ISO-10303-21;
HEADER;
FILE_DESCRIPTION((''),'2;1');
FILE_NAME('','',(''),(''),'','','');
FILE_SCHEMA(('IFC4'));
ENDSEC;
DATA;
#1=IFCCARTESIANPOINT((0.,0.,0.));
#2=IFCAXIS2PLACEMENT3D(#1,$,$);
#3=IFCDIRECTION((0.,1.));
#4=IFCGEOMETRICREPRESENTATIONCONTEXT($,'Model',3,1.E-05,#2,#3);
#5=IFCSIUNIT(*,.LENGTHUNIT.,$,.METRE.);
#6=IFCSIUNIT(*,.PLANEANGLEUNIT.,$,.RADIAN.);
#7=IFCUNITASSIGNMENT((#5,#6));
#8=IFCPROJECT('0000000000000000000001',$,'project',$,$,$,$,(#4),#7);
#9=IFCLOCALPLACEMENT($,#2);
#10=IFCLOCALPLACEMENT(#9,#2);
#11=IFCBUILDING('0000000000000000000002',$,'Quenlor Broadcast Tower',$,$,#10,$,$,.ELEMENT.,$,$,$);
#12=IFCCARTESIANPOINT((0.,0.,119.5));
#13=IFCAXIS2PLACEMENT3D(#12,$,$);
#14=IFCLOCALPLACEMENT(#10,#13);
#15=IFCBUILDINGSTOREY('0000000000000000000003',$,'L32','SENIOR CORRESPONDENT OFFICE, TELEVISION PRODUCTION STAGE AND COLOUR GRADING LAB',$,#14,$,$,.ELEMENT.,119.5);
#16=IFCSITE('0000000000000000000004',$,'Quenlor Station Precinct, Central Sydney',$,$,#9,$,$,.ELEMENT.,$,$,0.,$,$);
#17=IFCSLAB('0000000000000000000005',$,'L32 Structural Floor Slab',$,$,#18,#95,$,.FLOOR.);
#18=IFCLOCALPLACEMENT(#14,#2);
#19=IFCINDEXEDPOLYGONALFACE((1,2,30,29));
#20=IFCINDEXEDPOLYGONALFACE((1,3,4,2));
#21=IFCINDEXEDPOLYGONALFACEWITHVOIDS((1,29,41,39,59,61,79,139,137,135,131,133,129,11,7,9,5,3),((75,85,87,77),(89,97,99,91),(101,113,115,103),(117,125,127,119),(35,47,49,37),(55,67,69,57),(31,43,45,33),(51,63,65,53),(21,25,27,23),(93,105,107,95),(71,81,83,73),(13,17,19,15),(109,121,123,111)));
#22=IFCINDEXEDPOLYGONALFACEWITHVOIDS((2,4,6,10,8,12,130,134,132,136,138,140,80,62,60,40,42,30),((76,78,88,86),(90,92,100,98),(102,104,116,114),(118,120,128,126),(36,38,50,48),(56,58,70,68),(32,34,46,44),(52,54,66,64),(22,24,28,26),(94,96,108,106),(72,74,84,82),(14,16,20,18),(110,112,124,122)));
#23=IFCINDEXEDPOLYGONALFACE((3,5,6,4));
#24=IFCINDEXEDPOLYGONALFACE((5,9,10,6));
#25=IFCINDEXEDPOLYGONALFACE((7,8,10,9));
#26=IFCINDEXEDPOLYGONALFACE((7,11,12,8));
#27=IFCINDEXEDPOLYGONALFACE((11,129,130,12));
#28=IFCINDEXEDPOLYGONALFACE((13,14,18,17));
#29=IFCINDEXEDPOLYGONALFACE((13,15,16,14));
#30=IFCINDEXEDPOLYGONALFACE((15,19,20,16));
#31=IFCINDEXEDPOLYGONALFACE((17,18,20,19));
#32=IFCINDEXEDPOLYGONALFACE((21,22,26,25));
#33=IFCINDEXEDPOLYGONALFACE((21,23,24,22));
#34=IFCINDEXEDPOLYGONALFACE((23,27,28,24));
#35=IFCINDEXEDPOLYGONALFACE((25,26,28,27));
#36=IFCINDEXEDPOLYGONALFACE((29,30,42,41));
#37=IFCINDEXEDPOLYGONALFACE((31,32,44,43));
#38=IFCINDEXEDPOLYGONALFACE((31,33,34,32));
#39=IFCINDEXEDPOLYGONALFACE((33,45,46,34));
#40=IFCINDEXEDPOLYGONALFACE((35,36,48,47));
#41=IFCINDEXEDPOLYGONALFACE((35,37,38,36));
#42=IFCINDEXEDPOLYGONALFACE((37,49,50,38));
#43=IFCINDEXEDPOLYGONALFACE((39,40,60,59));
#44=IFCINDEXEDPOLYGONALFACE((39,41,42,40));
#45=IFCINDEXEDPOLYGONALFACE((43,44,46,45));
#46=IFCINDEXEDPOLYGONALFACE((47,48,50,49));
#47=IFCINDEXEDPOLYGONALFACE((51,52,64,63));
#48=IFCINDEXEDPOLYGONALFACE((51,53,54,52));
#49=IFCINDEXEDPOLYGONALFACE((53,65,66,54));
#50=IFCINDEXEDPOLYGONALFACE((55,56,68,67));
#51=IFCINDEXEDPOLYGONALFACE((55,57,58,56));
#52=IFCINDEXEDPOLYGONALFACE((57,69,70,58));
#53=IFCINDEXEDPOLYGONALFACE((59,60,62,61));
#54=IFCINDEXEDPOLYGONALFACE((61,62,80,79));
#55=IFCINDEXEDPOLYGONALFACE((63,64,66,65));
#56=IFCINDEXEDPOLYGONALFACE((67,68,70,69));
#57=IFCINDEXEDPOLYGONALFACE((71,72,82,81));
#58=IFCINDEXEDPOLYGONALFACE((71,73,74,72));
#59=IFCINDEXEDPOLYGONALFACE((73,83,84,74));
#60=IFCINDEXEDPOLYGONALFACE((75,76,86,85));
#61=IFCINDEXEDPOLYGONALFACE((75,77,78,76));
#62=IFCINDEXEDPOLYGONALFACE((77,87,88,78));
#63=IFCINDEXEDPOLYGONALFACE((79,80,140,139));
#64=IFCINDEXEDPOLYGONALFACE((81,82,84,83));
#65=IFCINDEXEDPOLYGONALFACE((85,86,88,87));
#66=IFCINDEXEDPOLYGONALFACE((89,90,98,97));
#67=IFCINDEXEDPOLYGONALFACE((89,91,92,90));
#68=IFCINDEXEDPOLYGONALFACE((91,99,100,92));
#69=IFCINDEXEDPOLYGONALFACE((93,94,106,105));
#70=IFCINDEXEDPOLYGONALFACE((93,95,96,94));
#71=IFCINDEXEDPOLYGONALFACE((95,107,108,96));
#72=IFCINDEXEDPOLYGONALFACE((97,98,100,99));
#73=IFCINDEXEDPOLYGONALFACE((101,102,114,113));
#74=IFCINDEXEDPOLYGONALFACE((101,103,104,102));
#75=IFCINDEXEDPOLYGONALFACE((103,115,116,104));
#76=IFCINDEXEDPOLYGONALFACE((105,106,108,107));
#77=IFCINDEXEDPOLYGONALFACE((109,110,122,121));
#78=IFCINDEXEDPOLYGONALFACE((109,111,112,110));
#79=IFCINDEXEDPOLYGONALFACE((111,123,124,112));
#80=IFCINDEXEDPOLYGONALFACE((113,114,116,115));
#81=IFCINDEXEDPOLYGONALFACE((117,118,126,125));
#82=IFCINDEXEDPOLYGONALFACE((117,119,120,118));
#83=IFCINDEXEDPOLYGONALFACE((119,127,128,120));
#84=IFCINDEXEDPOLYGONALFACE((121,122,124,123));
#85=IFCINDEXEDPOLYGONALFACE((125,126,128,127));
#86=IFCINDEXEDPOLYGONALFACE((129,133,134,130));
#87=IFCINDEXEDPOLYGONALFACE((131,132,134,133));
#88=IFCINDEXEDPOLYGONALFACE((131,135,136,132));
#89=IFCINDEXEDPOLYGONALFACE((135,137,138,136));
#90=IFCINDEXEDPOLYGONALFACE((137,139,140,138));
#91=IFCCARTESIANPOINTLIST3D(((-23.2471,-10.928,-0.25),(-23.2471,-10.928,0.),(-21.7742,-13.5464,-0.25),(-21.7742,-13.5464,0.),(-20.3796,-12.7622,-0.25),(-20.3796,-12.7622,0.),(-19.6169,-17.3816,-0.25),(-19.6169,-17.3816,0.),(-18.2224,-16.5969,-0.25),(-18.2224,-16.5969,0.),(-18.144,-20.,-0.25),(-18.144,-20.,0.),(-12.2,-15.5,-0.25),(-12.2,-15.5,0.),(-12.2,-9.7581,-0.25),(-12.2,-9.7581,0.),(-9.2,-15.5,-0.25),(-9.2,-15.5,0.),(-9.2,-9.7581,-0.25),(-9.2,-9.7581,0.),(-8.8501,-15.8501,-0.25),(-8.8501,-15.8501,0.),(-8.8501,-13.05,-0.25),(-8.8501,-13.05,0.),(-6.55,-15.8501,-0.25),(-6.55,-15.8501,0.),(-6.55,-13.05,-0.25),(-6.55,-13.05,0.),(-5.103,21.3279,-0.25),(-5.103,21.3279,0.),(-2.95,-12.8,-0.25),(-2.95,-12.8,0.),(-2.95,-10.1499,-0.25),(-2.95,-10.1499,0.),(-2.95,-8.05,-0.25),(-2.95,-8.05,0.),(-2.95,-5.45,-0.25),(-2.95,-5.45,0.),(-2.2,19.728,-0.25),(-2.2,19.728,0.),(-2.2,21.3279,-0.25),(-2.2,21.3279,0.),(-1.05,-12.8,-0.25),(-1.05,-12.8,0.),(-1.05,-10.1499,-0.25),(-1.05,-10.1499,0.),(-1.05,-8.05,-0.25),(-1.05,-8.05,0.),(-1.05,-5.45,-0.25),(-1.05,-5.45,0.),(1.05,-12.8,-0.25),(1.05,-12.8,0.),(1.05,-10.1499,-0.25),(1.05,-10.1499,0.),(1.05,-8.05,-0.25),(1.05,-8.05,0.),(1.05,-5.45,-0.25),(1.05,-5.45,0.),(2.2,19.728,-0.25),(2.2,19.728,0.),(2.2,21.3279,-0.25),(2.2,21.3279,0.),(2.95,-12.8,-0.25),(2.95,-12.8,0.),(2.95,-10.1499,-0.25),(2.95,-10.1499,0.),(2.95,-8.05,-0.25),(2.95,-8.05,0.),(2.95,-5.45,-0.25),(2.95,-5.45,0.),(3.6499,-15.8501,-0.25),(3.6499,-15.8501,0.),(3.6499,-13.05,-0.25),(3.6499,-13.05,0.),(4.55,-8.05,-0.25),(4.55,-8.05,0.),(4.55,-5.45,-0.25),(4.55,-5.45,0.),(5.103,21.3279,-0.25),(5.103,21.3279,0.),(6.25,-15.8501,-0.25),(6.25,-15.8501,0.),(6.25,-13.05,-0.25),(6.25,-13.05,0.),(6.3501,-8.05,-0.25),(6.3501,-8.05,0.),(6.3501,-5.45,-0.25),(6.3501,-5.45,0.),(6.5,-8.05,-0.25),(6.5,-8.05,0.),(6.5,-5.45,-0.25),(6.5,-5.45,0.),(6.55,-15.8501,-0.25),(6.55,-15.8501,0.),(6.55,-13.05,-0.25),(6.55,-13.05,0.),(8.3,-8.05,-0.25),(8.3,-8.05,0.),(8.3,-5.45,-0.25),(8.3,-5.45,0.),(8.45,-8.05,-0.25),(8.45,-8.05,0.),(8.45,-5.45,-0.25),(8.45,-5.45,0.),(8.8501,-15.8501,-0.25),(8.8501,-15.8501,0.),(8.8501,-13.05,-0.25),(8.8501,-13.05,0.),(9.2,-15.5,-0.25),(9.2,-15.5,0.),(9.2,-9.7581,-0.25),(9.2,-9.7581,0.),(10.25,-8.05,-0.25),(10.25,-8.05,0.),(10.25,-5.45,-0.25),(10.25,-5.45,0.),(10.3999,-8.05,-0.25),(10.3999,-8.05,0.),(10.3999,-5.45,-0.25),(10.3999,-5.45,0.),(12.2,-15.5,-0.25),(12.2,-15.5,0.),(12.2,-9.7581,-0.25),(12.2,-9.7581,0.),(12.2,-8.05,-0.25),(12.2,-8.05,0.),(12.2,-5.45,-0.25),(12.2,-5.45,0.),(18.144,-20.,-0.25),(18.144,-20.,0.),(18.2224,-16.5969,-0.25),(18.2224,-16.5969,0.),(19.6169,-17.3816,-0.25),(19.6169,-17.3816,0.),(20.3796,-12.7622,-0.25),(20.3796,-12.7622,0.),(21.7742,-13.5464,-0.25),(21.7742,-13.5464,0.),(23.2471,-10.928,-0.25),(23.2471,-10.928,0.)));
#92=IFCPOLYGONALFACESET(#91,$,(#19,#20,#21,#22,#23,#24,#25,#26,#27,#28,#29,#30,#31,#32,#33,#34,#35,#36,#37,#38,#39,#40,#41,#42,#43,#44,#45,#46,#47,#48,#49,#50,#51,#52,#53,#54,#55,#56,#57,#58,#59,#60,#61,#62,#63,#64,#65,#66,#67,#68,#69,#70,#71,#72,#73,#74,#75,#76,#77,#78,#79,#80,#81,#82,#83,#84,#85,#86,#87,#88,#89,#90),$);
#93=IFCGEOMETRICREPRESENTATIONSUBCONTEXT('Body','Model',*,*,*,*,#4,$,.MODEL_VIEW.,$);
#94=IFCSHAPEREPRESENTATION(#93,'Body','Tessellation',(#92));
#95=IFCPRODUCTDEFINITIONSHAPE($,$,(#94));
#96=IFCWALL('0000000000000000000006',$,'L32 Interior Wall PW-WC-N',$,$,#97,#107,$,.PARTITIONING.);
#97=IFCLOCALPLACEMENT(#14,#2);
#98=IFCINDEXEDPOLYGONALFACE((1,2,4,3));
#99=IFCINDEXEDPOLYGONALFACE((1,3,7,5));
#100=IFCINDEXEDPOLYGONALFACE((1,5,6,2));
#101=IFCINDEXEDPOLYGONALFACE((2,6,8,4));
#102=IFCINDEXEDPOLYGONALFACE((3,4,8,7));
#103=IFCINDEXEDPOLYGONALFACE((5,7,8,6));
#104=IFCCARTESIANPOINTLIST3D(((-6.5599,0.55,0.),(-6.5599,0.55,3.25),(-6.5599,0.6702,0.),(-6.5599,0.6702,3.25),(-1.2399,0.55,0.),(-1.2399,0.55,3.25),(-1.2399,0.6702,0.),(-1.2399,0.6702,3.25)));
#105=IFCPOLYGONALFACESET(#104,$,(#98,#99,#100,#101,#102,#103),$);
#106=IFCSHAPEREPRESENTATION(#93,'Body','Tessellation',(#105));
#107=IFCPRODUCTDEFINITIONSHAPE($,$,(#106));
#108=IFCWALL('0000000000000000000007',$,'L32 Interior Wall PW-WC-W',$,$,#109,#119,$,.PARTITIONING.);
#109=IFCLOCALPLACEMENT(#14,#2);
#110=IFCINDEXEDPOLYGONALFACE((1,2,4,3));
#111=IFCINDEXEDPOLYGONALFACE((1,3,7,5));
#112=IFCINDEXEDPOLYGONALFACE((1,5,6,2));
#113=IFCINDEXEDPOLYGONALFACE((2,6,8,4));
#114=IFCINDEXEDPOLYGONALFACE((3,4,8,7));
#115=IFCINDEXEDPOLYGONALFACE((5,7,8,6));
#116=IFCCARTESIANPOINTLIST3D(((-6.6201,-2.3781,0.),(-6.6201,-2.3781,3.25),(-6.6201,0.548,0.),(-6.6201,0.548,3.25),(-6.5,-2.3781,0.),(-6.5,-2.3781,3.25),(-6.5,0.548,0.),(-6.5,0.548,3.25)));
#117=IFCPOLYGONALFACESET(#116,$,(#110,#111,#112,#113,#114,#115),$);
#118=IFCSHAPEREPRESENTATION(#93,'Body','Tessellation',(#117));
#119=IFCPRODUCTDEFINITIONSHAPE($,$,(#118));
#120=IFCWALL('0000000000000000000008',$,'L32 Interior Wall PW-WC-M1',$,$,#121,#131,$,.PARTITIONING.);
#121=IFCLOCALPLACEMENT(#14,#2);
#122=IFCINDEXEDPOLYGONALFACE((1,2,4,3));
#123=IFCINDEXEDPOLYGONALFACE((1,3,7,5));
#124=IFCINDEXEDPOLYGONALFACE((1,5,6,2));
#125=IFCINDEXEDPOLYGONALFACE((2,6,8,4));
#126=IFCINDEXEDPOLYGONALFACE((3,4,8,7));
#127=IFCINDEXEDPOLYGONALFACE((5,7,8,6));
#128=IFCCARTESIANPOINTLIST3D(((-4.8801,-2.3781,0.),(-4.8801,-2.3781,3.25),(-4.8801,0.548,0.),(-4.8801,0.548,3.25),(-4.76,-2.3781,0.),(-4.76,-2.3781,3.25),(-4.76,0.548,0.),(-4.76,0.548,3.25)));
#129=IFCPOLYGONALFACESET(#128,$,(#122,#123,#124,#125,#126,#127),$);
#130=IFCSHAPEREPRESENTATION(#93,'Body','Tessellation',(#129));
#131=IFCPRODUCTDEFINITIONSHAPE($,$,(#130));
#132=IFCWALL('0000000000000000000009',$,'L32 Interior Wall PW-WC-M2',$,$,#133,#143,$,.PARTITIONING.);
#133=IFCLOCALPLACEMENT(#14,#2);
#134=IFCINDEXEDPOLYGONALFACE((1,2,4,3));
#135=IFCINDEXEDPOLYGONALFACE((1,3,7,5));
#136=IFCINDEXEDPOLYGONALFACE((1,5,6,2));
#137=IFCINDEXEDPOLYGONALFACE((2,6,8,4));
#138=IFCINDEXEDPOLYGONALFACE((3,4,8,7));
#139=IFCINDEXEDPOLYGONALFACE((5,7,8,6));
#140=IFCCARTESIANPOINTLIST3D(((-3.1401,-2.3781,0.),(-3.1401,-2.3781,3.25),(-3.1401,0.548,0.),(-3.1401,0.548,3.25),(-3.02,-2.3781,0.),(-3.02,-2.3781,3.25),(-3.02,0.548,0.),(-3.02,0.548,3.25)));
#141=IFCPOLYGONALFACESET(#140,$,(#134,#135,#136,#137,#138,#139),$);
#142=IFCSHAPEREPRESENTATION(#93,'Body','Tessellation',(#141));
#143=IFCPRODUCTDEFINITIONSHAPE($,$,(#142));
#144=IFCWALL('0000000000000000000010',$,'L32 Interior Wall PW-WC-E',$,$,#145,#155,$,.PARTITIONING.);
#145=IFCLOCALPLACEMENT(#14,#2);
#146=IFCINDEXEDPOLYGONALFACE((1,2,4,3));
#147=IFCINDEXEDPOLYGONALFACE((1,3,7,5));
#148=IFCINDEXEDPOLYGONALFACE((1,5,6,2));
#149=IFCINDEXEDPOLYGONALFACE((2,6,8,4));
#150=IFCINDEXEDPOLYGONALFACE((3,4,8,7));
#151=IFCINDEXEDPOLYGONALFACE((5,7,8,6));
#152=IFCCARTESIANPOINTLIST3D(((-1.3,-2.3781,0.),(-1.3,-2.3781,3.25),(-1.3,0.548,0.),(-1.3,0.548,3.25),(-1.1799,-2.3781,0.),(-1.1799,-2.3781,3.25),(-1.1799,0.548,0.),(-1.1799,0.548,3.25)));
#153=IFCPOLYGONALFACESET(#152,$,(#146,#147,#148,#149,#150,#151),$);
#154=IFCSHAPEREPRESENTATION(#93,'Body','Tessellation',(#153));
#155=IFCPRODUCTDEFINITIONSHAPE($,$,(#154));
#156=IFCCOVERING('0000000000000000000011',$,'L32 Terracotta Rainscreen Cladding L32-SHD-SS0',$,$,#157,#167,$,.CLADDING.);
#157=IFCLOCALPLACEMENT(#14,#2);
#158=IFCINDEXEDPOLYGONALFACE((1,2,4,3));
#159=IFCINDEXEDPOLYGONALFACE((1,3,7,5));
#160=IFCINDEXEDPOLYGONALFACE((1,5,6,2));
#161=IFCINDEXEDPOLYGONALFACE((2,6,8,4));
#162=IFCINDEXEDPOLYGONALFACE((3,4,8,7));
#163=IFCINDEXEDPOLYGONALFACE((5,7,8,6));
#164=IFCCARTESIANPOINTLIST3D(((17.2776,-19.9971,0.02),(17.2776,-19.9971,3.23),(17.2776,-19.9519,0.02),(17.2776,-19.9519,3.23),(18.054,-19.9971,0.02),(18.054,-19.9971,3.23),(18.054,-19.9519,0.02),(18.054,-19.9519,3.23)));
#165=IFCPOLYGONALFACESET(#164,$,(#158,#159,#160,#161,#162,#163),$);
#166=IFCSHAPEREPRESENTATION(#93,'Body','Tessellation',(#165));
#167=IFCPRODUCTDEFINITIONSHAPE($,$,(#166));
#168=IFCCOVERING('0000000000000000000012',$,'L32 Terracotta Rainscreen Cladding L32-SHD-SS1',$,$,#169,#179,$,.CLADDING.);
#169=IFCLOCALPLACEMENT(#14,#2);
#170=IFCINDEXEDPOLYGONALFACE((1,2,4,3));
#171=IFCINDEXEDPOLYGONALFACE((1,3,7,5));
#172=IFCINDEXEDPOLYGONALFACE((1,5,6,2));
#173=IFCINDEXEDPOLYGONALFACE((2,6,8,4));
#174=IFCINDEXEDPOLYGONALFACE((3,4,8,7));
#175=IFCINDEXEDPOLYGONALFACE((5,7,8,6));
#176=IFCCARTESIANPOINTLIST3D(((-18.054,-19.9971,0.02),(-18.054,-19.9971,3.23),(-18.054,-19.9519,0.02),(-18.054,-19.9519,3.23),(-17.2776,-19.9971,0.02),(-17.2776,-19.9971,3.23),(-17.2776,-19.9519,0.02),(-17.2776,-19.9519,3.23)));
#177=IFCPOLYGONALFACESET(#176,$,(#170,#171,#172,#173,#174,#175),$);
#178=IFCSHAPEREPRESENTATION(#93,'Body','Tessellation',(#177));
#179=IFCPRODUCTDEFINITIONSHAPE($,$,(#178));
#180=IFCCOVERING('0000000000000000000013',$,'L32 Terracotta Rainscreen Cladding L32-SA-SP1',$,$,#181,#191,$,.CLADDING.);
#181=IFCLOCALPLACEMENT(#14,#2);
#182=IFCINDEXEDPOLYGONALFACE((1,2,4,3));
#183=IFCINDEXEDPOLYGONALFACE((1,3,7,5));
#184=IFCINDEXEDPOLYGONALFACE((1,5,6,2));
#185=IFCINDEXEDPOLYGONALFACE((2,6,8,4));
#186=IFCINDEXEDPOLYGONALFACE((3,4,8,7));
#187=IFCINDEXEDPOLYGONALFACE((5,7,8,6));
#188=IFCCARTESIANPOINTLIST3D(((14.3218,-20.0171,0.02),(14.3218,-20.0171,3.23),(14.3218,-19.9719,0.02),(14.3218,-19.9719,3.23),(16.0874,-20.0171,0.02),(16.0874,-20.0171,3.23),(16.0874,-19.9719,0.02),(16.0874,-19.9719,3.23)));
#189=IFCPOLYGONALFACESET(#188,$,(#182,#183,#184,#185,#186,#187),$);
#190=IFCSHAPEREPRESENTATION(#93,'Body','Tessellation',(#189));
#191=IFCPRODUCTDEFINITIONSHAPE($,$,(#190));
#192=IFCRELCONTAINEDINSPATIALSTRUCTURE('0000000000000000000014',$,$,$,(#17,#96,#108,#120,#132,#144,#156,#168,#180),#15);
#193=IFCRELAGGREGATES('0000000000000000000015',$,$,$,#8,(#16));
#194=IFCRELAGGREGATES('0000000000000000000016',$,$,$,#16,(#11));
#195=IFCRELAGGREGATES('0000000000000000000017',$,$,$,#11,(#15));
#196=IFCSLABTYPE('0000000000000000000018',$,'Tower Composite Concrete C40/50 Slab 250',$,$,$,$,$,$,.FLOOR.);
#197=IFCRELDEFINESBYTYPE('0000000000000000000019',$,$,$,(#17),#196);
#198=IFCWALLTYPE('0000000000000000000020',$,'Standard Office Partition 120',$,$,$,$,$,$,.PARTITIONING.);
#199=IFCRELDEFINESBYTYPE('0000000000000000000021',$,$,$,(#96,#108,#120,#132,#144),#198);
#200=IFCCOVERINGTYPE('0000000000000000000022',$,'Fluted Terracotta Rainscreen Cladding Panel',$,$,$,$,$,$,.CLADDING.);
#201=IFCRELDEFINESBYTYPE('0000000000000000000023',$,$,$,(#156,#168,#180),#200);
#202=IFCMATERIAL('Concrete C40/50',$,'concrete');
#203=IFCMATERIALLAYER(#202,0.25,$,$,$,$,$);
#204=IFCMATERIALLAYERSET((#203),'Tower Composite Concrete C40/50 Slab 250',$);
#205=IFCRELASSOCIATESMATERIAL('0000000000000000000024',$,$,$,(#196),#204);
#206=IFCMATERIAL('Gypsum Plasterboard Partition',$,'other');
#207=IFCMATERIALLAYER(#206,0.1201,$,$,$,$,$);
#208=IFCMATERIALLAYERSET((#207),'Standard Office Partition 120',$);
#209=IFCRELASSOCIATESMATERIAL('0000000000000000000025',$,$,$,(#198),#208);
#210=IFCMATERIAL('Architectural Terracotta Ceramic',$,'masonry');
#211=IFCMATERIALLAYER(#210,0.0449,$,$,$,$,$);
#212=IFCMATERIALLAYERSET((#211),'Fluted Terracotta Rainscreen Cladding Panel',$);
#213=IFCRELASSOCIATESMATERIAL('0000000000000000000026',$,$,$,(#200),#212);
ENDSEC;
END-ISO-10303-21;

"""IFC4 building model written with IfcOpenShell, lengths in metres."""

from ifc_helpers import new_model, si_unit, direction, frame, frame_2d, origin, place, context, subcontext, project, spatial, polyline, rectangle, outline, extrude, material, layer, layer_set, type_object, element, save


model = new_model("IFC4")

# Units and contexts
model_context = context("Model", 3, precision=1e-05, world=origin(), true_north=direction((0.0, 1.0)))
body_context = subcontext(model_context, "Body", "Model", "MODEL_VIEW")
ifc_project = project(units=[si_unit("LENGTHUNIT", "METRE"), si_unit("PLANEANGLEUNIT", "RADIAN")], contexts=[model_context])

# Site, building, storey
site_placement = place(None, origin())
site = spatial("IfcSite", under=ifc_project, at=site_placement, Name="Quenlor Station Precinct, Central Sydney", CompositionType="ELEMENT", RefElevation=0.0)
building_placement = place(site_placement, origin())
building = spatial("IfcBuilding", under=site, at=building_placement, Name="Quenlor Broadcast Tower", CompositionType="ELEMENT")
storey_placement = place(building_placement, frame((0.0, 0.0, 119.5)))
storey = spatial("IfcBuildingStorey", under=building, at=storey_placement, Name="L32", Description="SENIOR CORRESPONDENT OFFICE, TELEVISION PRODUCTION STAGE AND COLOUR GRADING LAB", CompositionType="ELEMENT", Elevation=119.5)

# Slab
ifc_material_1 = material(Name="Concrete C40/50", Category="concrete")
ifc_layer_1 = layer(ifc_material_1, 0.25)
ifc_layer_set_1 = layer_set([ifc_layer_1], Name="Tower Composite Concrete C40/50 Slab 250")
slab_type = type_object("IfcSlabType", Name="Tower Composite Concrete C40/50 Slab 250", PredefinedType="FLOOR", material=ifc_layer_set_1)
slab_placement = place(storey_placement, frame((0.0, 0.0, -0.25)))
element("IfcSlab", 1, at=slab_placement, inside=storey, type_object=slab_type, Name="L32 Structural Floor Slab", PredefinedType="FLOOR", context=body_context, shape_type="SweptSolid", body=[
    extrude(outline(polyline([(18.144, -20.0), (19.6169, -17.3816), (18.2224, -16.5969), (20.3796, -12.7622), (21.7742, -13.5464), (23.2471, -10.928), (5.103, 21.3279), (2.2, 21.3279), (2.2, 19.728), (-2.2, 19.728), (-2.2, 21.3279), (-5.103, 21.3279), (-23.2471, -10.928), (-21.7742, -13.5464), (-20.3796, -12.7622), (-18.2224, -16.5969), (-19.6169, -17.3816), (-18.144, -20.0), (18.144, -20.0)]), holes=[polyline([(-12.2, -9.7581), (-12.2, -15.5), (-9.2, -15.5), (-9.2, -9.7581), (-12.2, -9.7581)]), polyline([(9.2, -9.7581), (9.2, -15.5), (12.2, -15.5), (12.2, -9.7581), (9.2, -9.7581)]), polyline([(-2.95, -8.05), (-1.05, -8.05), (-1.05, -5.45), (-2.95, -5.45), (-2.95, -8.05)]), polyline([(1.05, -8.05), (2.95, -8.05), (2.95, -5.45), (1.05, -5.45), (1.05, -8.05)]), polyline([(-2.95, -12.8), (-1.05, -12.8), (-1.05, -10.1499), (-2.95, -10.1499), (-2.95, -12.8)]), polyline([(1.05, -12.8), (2.95, -12.8), (2.95, -10.1499), (1.05, -10.1499), (1.05, -12.8)]), polyline([(4.55, -8.05), (6.3501, -8.05), (6.3501, -5.45), (4.55, -5.45), (4.55, -8.05)]), polyline([(6.5, -8.05), (8.3, -8.05), (8.3, -5.45), (6.5, -5.45), (6.5, -8.05)]), polyline([(8.45, -8.05), (10.25, -8.05), (10.25, -5.45), (8.45, -5.45), (8.45, -8.05)]), polyline([(10.3999, -8.05), (12.2, -8.05), (12.2, -5.45), (10.3999, -5.45), (10.3999, -8.05)]), polyline([(-8.8501, -15.8501), (-6.55, -15.8501), (-6.55, -13.05), (-8.8501, -13.05), (-8.8501, -15.8501)]), polyline([(6.55, -15.8501), (8.8501, -15.8501), (8.8501, -13.05), (6.55, -13.05), (6.55, -15.8501)]), polyline([(3.6499, -15.8501), (6.25, -15.8501), (6.25, -13.05), (3.6499, -13.05), (3.6499, -15.8501)])]), origin(), (0.0, 0.0, 1.0), 0.25),
])

# Walls
ifc_material_2 = material(Name="Gypsum Plasterboard Partition", Category="other")
ifc_layer_2 = layer(ifc_material_2, 0.1201)
ifc_layer_set_2 = layer_set([ifc_layer_2], Name="Standard Office Partition 120")
wall_type = type_object("IfcWallType", Name="Standard Office Partition 120", PredefinedType="PARTITIONING", material=ifc_layer_set_2)
wall_placement = place(storey_placement, frame((-6.5601, 0.6101, 0.0), z_axis=(0.0, 0.0, 1.0), x_axis=(1.0, 0.0, 0.0)))
element("IfcWall", 2, at=wall_placement, inside=storey, type_object=wall_type, Name="L32 Interior Wall PW-WC-N", PredefinedType="PARTITIONING", context=body_context, shape_type="SweptSolid", body=[
    extrude(rectangle(XDim=5.3201, YDim=0.1201, at=frame_2d((2.6602, 0.0))), origin(), (0.0, 0.0, 1.0), 3.25),
])
for number, where, z_axis, x_axis, name in (
    (3, (-6.5601, -2.3779, 0.0), (0.0, 0.0, 1.0), (0.0, 1.0, 0.0), "L32 Interior Wall PW-WC-W"),
    (4, (-4.8201, -2.3779, 0.0), (0.0, 0.0, 1.0), (0.0, 1.0, 0.0), "L32 Interior Wall PW-WC-M1"),
    (5, (-3.0801, -2.3779, 0.0), (0.0, 0.0, 1.0), (0.0, 1.0, 0.0), "L32 Interior Wall PW-WC-M2"),
    (6, (-1.24, -2.3779, 0.0), (0.0, 0.0, 1.0), (0.0, 1.0, 0.0), "L32 Interior Wall PW-WC-E"),
):
    element("IfcWall", number, at=place(storey_placement, frame(where, z_axis=z_axis, x_axis=x_axis)), inside=storey, type_object=wall_type, Name=name, PredefinedType="PARTITIONING", context=body_context, shape_type="SweptSolid", body=[
        extrude(rectangle(XDim=2.926, YDim=0.1201, at=frame_2d((1.4629, 0.0))), origin(), (0.0, 0.0, 1.0), 3.25),
    ])

# Coverings
ifc_material_3 = material(Name="Architectural Terracotta Ceramic", Category="masonry")
ifc_layer_3 = layer(ifc_material_3, 0.0449)
ifc_layer_set_3 = layer_set([ifc_layer_3], Name="Fluted Terracotta Rainscreen Cladding Panel")
covering_type = type_object("IfcCoveringType", Name="Fluted Terracotta Rainscreen Cladding Panel", PredefinedType="CLADDING", material=ifc_layer_set_3)
covering_1_placement = place(storey_placement, frame((0.0, 0.0, 0.02)))
element("IfcCovering", 7, at=covering_1_placement, inside=storey, type_object=covering_type, Name="L32 Terracotta Rainscreen Cladding L32-SHD-SS0", PredefinedType="CLADDING", context=body_context, shape_type="SweptSolid", body=[
    extrude(outline(polyline([(18.054, -19.9519), (17.2776, -19.9519), (17.2776, -19.9971), (18.054, -19.9971), (18.054, -19.9519)])), origin(), (0.0, 0.0, 1.0), 3.21),
])
covering_2_placement = place(storey_placement, frame((0.0, 0.0, 0.02)))
element("IfcCovering", 8, at=covering_2_placement, inside=storey, type_object=covering_type, Name="L32 Terracotta Rainscreen Cladding L32-SHD-SS1", PredefinedType="CLADDING", context=body_context, shape_type="SweptSolid", body=[
    extrude(outline(polyline([(-17.2776, -19.9519), (-18.054, -19.9519), (-18.054, -19.9971), (-17.2776, -19.9971), (-17.2776, -19.9519)])), origin(), (0.0, 0.0, 1.0), 3.21),
])
covering_3_placement = place(storey_placement, frame((0.0, 0.0, 0.02)))
element("IfcCovering", 9, at=covering_3_placement, inside=storey, type_object=covering_type, Name="L32 Terracotta Rainscreen Cladding L32-SA-SP1", PredefinedType="CLADDING", context=body_context, shape_type="SweptSolid", body=[
    extrude(outline(polyline([(16.0874, -19.9719), (14.3218, -19.9719), (14.3218, -20.0171), (16.0874, -20.0171), (16.0874, -19.9719)])), origin(), (0.0, 0.0, 1.0), 3.21),
])

save(model, "model.ifc")
